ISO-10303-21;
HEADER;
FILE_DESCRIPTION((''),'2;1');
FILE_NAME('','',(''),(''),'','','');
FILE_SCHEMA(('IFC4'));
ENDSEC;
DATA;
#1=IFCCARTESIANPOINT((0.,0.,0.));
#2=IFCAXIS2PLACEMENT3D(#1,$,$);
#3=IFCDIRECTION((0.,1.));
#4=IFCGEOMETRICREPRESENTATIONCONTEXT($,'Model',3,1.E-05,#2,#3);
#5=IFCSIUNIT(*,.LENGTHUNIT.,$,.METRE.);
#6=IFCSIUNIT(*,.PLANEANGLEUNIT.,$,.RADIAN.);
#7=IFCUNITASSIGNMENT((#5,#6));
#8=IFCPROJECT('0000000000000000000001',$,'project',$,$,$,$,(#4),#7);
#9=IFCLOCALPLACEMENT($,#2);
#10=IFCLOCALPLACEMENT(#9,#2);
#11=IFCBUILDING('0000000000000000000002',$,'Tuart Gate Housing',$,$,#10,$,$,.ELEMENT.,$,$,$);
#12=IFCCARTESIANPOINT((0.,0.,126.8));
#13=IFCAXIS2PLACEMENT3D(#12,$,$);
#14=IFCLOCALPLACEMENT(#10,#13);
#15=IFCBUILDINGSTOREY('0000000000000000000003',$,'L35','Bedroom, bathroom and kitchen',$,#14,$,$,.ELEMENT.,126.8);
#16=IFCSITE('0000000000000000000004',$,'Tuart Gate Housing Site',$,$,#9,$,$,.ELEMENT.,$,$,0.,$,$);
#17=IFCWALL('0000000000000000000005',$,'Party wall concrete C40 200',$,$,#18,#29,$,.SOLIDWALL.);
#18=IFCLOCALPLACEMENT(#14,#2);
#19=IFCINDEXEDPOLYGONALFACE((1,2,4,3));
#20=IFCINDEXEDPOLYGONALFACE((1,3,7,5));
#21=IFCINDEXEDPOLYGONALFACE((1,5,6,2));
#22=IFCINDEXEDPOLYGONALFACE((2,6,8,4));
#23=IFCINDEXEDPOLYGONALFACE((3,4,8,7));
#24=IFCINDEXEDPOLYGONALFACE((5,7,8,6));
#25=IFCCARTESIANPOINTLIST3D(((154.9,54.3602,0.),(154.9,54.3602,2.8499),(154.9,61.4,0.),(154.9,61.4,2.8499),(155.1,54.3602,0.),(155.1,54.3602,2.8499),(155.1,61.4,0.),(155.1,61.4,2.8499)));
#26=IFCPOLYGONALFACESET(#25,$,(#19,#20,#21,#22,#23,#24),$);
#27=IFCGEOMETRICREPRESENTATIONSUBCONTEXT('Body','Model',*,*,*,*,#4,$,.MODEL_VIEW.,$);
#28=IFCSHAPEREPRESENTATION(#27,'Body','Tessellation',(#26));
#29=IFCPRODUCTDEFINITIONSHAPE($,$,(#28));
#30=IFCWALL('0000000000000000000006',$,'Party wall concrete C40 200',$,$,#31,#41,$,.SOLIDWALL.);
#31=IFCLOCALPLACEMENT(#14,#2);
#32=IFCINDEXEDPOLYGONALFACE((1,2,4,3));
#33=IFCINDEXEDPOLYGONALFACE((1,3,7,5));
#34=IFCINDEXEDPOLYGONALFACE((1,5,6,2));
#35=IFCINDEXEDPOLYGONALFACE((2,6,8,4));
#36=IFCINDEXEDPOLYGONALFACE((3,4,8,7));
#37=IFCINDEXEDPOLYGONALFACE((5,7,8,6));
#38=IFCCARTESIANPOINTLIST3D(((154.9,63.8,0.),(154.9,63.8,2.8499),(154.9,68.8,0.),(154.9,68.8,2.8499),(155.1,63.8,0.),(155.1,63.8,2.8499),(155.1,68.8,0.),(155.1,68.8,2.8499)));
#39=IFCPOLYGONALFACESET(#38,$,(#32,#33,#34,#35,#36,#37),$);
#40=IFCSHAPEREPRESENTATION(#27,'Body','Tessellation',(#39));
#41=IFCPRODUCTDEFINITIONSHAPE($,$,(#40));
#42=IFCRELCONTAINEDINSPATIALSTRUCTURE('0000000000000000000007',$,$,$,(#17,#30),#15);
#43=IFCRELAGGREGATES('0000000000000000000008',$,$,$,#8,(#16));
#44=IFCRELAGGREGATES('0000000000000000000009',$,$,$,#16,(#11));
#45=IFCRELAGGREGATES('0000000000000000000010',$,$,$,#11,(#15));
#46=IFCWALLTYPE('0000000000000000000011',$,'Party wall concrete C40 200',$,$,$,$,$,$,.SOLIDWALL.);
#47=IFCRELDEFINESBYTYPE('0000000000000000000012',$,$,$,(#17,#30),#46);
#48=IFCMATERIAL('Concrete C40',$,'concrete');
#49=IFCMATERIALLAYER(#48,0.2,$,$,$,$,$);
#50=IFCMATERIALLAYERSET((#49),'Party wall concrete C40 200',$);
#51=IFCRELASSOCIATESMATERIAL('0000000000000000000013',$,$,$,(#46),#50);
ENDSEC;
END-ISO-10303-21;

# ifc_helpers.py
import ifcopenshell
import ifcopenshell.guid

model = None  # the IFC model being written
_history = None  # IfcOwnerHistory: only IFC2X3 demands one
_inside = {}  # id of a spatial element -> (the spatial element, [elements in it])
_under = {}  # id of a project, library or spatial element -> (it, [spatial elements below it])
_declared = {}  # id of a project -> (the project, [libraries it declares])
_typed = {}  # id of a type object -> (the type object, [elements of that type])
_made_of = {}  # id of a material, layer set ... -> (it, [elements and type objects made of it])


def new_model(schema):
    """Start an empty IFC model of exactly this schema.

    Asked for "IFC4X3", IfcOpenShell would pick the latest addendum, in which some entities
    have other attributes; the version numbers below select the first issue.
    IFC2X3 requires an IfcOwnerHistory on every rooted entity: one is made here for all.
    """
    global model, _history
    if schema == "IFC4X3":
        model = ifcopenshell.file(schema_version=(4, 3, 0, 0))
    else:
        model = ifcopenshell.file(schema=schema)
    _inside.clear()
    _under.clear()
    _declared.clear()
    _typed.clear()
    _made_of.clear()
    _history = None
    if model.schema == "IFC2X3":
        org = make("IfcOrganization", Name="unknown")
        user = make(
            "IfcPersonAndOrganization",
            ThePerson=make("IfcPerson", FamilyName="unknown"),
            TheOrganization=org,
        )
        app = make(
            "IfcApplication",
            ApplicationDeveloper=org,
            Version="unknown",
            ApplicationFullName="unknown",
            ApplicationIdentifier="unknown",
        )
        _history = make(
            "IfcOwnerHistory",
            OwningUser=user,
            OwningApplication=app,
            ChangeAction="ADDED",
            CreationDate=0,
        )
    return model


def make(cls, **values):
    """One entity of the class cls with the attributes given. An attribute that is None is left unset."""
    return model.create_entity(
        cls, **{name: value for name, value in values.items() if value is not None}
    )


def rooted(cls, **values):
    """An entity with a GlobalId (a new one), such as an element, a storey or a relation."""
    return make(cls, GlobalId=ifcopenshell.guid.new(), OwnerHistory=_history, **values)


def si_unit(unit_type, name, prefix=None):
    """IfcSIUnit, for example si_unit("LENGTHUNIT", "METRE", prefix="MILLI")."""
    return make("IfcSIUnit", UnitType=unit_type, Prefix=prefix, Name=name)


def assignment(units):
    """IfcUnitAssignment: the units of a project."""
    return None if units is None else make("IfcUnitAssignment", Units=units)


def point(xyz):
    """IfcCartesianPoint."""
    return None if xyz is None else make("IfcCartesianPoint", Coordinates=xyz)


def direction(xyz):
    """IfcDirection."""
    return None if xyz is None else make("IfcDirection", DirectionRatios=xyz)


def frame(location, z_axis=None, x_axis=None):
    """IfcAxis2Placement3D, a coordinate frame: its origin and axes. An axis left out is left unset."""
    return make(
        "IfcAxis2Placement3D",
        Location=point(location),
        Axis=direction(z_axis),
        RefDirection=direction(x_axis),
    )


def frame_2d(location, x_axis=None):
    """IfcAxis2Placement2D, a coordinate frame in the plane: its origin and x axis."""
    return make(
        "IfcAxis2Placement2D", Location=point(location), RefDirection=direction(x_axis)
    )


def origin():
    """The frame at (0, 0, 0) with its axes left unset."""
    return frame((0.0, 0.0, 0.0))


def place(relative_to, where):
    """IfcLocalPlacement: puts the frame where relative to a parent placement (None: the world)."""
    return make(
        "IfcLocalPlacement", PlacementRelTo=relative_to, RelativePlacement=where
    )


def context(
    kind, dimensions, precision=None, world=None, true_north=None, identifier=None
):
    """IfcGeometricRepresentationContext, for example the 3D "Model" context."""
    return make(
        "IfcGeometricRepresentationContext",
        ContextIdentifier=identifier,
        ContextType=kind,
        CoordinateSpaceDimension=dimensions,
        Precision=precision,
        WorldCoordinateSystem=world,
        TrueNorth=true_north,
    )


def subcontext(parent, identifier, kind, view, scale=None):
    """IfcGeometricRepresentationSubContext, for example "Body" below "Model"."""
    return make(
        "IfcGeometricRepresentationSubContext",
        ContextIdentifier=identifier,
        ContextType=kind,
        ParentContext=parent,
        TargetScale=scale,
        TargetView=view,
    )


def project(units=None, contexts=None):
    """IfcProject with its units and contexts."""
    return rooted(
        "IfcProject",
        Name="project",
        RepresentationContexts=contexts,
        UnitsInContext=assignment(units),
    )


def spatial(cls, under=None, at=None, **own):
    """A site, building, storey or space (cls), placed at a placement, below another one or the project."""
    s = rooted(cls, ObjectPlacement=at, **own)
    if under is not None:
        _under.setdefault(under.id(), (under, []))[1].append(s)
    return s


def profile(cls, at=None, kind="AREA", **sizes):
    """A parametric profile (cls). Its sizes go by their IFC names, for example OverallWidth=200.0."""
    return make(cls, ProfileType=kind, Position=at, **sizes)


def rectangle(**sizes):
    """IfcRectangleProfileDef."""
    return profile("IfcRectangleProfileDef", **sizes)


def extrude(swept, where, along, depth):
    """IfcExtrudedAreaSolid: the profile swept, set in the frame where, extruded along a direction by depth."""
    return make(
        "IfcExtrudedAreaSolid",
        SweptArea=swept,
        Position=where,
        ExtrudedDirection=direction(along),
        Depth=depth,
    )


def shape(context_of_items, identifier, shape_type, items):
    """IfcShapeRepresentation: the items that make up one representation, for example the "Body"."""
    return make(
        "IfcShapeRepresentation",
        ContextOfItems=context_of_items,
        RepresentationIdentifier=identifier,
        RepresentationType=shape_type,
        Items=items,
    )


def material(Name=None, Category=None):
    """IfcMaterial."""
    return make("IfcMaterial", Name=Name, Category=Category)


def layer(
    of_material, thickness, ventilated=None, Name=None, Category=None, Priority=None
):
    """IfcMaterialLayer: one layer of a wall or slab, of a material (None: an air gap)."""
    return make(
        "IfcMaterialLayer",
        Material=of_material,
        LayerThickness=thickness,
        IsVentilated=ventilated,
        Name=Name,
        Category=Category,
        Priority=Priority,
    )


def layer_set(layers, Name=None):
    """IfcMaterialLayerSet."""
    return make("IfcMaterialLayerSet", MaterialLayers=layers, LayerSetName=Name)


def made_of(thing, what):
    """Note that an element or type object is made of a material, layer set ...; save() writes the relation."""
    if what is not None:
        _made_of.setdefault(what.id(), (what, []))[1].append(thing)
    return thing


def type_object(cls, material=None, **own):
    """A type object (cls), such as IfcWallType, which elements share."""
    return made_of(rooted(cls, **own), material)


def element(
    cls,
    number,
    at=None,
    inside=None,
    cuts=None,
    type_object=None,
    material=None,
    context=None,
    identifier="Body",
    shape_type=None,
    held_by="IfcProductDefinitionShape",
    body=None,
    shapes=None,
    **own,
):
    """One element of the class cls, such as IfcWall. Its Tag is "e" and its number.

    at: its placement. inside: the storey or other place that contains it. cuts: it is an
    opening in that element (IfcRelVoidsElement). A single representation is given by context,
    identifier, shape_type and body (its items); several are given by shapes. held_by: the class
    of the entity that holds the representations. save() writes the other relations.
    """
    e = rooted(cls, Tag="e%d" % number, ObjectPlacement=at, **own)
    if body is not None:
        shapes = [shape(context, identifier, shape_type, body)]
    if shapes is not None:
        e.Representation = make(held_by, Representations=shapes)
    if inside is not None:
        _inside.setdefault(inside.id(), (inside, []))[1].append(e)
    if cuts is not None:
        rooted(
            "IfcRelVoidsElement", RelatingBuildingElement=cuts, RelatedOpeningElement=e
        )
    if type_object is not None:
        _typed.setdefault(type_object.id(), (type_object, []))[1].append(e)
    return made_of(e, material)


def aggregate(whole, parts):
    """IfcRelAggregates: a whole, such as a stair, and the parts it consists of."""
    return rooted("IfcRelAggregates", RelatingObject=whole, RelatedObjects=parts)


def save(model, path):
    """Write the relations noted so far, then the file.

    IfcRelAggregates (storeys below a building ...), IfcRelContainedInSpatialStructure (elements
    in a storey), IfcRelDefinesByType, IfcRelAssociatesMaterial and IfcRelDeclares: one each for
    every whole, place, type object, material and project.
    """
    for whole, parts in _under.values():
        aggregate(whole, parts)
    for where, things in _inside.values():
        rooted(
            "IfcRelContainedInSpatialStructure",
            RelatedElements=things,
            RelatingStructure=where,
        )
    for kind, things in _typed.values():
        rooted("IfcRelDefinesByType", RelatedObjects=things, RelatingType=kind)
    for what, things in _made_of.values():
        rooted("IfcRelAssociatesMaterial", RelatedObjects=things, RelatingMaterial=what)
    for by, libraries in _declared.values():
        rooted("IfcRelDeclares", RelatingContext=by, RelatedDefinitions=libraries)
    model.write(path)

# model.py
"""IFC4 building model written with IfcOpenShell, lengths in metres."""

from ifc_helpers import new_model, si_unit, direction, frame, frame_2d, origin, place, context, subcontext, project, spatial, rectangle, extrude, material, layer, layer_set, type_object, element, save


model = new_model("IFC4")

# Units and contexts
model_context = context("Model", 3, precision=1e-05, world=origin(), true_north=direction((0.0, 1.0)))
body_context = subcontext(model_context, "Body", "Model", "MODEL_VIEW")
ifc_project = project(units=[si_unit("LENGTHUNIT", "METRE"), si_unit("PLANEANGLEUNIT", "RADIAN")], contexts=[model_context])

# Site, building, storey
site_placement = place(None, origin())
site = spatial("IfcSite", under=ifc_project, at=site_placement, Name="Tuart Gate Housing Site", CompositionType="ELEMENT", RefElevation=0.0)
building_placement = place(site_placement, origin())
building = spatial("IfcBuilding", under=site, at=building_placement, Name="Tuart Gate Housing", CompositionType="ELEMENT")
storey_placement = place(building_placement, frame((0.0, 0.0, 126.8)))
storey = spatial("IfcBuildingStorey", under=building, at=storey_placement, Name="L35", Description="Bedroom, bathroom and kitchen", CompositionType="ELEMENT", Elevation=126.8)

# Walls
ifc_material_1 = material(Name="Concrete C40", Category="concrete")
ifc_layer_1 = layer(ifc_material_1, 0.2)
ifc_layer_set_1 = layer_set([ifc_layer_1], Name="Party wall concrete C40 200")
wall_type_1 = type_object("IfcWallType", Name="Party wall concrete C40 200", PredefinedType="SOLIDWALL", material=ifc_layer_set_1)
wall_1_placement = place(storey_placement, frame((155.0, 54.3601, 0.0), z_axis=(0.0, 0.0, 1.0), x_axis=(0.0, 1.0, 0.0)))
element("IfcWall", 1, at=wall_1_placement, inside=storey, type_object=wall_type_1, Name="Party wall concrete C40 200", PredefinedType="SOLIDWALL", context=body_context, shape_type="SweptSolid", body=[
    extrude(rectangle(XDim=7.0398, YDim=0.2, at=frame_2d((3.52, 0.0))), origin(), (0.0, 0.0, 1.0), 2.8499),
])
wall_2_placement = place(storey_placement, frame((155.0, 63.8, 0.0), z_axis=(0.0, 0.0, 1.0), x_axis=(0.0, 1.0, 0.0)))
element("IfcWall", 2, at=wall_2_placement, inside=storey, type_object=wall_type_1, Name="Party wall concrete C40 200", PredefinedType="SOLIDWALL", context=body_context, shape_type="SweptSolid", body=[
    extrude(rectangle(XDim=5.0, YDim=0.2, at=frame_2d((2.5, 0.0))), origin(), (0.0, 0.0, 1.0), 2.8499),
])

save(model, "model.ifc")
